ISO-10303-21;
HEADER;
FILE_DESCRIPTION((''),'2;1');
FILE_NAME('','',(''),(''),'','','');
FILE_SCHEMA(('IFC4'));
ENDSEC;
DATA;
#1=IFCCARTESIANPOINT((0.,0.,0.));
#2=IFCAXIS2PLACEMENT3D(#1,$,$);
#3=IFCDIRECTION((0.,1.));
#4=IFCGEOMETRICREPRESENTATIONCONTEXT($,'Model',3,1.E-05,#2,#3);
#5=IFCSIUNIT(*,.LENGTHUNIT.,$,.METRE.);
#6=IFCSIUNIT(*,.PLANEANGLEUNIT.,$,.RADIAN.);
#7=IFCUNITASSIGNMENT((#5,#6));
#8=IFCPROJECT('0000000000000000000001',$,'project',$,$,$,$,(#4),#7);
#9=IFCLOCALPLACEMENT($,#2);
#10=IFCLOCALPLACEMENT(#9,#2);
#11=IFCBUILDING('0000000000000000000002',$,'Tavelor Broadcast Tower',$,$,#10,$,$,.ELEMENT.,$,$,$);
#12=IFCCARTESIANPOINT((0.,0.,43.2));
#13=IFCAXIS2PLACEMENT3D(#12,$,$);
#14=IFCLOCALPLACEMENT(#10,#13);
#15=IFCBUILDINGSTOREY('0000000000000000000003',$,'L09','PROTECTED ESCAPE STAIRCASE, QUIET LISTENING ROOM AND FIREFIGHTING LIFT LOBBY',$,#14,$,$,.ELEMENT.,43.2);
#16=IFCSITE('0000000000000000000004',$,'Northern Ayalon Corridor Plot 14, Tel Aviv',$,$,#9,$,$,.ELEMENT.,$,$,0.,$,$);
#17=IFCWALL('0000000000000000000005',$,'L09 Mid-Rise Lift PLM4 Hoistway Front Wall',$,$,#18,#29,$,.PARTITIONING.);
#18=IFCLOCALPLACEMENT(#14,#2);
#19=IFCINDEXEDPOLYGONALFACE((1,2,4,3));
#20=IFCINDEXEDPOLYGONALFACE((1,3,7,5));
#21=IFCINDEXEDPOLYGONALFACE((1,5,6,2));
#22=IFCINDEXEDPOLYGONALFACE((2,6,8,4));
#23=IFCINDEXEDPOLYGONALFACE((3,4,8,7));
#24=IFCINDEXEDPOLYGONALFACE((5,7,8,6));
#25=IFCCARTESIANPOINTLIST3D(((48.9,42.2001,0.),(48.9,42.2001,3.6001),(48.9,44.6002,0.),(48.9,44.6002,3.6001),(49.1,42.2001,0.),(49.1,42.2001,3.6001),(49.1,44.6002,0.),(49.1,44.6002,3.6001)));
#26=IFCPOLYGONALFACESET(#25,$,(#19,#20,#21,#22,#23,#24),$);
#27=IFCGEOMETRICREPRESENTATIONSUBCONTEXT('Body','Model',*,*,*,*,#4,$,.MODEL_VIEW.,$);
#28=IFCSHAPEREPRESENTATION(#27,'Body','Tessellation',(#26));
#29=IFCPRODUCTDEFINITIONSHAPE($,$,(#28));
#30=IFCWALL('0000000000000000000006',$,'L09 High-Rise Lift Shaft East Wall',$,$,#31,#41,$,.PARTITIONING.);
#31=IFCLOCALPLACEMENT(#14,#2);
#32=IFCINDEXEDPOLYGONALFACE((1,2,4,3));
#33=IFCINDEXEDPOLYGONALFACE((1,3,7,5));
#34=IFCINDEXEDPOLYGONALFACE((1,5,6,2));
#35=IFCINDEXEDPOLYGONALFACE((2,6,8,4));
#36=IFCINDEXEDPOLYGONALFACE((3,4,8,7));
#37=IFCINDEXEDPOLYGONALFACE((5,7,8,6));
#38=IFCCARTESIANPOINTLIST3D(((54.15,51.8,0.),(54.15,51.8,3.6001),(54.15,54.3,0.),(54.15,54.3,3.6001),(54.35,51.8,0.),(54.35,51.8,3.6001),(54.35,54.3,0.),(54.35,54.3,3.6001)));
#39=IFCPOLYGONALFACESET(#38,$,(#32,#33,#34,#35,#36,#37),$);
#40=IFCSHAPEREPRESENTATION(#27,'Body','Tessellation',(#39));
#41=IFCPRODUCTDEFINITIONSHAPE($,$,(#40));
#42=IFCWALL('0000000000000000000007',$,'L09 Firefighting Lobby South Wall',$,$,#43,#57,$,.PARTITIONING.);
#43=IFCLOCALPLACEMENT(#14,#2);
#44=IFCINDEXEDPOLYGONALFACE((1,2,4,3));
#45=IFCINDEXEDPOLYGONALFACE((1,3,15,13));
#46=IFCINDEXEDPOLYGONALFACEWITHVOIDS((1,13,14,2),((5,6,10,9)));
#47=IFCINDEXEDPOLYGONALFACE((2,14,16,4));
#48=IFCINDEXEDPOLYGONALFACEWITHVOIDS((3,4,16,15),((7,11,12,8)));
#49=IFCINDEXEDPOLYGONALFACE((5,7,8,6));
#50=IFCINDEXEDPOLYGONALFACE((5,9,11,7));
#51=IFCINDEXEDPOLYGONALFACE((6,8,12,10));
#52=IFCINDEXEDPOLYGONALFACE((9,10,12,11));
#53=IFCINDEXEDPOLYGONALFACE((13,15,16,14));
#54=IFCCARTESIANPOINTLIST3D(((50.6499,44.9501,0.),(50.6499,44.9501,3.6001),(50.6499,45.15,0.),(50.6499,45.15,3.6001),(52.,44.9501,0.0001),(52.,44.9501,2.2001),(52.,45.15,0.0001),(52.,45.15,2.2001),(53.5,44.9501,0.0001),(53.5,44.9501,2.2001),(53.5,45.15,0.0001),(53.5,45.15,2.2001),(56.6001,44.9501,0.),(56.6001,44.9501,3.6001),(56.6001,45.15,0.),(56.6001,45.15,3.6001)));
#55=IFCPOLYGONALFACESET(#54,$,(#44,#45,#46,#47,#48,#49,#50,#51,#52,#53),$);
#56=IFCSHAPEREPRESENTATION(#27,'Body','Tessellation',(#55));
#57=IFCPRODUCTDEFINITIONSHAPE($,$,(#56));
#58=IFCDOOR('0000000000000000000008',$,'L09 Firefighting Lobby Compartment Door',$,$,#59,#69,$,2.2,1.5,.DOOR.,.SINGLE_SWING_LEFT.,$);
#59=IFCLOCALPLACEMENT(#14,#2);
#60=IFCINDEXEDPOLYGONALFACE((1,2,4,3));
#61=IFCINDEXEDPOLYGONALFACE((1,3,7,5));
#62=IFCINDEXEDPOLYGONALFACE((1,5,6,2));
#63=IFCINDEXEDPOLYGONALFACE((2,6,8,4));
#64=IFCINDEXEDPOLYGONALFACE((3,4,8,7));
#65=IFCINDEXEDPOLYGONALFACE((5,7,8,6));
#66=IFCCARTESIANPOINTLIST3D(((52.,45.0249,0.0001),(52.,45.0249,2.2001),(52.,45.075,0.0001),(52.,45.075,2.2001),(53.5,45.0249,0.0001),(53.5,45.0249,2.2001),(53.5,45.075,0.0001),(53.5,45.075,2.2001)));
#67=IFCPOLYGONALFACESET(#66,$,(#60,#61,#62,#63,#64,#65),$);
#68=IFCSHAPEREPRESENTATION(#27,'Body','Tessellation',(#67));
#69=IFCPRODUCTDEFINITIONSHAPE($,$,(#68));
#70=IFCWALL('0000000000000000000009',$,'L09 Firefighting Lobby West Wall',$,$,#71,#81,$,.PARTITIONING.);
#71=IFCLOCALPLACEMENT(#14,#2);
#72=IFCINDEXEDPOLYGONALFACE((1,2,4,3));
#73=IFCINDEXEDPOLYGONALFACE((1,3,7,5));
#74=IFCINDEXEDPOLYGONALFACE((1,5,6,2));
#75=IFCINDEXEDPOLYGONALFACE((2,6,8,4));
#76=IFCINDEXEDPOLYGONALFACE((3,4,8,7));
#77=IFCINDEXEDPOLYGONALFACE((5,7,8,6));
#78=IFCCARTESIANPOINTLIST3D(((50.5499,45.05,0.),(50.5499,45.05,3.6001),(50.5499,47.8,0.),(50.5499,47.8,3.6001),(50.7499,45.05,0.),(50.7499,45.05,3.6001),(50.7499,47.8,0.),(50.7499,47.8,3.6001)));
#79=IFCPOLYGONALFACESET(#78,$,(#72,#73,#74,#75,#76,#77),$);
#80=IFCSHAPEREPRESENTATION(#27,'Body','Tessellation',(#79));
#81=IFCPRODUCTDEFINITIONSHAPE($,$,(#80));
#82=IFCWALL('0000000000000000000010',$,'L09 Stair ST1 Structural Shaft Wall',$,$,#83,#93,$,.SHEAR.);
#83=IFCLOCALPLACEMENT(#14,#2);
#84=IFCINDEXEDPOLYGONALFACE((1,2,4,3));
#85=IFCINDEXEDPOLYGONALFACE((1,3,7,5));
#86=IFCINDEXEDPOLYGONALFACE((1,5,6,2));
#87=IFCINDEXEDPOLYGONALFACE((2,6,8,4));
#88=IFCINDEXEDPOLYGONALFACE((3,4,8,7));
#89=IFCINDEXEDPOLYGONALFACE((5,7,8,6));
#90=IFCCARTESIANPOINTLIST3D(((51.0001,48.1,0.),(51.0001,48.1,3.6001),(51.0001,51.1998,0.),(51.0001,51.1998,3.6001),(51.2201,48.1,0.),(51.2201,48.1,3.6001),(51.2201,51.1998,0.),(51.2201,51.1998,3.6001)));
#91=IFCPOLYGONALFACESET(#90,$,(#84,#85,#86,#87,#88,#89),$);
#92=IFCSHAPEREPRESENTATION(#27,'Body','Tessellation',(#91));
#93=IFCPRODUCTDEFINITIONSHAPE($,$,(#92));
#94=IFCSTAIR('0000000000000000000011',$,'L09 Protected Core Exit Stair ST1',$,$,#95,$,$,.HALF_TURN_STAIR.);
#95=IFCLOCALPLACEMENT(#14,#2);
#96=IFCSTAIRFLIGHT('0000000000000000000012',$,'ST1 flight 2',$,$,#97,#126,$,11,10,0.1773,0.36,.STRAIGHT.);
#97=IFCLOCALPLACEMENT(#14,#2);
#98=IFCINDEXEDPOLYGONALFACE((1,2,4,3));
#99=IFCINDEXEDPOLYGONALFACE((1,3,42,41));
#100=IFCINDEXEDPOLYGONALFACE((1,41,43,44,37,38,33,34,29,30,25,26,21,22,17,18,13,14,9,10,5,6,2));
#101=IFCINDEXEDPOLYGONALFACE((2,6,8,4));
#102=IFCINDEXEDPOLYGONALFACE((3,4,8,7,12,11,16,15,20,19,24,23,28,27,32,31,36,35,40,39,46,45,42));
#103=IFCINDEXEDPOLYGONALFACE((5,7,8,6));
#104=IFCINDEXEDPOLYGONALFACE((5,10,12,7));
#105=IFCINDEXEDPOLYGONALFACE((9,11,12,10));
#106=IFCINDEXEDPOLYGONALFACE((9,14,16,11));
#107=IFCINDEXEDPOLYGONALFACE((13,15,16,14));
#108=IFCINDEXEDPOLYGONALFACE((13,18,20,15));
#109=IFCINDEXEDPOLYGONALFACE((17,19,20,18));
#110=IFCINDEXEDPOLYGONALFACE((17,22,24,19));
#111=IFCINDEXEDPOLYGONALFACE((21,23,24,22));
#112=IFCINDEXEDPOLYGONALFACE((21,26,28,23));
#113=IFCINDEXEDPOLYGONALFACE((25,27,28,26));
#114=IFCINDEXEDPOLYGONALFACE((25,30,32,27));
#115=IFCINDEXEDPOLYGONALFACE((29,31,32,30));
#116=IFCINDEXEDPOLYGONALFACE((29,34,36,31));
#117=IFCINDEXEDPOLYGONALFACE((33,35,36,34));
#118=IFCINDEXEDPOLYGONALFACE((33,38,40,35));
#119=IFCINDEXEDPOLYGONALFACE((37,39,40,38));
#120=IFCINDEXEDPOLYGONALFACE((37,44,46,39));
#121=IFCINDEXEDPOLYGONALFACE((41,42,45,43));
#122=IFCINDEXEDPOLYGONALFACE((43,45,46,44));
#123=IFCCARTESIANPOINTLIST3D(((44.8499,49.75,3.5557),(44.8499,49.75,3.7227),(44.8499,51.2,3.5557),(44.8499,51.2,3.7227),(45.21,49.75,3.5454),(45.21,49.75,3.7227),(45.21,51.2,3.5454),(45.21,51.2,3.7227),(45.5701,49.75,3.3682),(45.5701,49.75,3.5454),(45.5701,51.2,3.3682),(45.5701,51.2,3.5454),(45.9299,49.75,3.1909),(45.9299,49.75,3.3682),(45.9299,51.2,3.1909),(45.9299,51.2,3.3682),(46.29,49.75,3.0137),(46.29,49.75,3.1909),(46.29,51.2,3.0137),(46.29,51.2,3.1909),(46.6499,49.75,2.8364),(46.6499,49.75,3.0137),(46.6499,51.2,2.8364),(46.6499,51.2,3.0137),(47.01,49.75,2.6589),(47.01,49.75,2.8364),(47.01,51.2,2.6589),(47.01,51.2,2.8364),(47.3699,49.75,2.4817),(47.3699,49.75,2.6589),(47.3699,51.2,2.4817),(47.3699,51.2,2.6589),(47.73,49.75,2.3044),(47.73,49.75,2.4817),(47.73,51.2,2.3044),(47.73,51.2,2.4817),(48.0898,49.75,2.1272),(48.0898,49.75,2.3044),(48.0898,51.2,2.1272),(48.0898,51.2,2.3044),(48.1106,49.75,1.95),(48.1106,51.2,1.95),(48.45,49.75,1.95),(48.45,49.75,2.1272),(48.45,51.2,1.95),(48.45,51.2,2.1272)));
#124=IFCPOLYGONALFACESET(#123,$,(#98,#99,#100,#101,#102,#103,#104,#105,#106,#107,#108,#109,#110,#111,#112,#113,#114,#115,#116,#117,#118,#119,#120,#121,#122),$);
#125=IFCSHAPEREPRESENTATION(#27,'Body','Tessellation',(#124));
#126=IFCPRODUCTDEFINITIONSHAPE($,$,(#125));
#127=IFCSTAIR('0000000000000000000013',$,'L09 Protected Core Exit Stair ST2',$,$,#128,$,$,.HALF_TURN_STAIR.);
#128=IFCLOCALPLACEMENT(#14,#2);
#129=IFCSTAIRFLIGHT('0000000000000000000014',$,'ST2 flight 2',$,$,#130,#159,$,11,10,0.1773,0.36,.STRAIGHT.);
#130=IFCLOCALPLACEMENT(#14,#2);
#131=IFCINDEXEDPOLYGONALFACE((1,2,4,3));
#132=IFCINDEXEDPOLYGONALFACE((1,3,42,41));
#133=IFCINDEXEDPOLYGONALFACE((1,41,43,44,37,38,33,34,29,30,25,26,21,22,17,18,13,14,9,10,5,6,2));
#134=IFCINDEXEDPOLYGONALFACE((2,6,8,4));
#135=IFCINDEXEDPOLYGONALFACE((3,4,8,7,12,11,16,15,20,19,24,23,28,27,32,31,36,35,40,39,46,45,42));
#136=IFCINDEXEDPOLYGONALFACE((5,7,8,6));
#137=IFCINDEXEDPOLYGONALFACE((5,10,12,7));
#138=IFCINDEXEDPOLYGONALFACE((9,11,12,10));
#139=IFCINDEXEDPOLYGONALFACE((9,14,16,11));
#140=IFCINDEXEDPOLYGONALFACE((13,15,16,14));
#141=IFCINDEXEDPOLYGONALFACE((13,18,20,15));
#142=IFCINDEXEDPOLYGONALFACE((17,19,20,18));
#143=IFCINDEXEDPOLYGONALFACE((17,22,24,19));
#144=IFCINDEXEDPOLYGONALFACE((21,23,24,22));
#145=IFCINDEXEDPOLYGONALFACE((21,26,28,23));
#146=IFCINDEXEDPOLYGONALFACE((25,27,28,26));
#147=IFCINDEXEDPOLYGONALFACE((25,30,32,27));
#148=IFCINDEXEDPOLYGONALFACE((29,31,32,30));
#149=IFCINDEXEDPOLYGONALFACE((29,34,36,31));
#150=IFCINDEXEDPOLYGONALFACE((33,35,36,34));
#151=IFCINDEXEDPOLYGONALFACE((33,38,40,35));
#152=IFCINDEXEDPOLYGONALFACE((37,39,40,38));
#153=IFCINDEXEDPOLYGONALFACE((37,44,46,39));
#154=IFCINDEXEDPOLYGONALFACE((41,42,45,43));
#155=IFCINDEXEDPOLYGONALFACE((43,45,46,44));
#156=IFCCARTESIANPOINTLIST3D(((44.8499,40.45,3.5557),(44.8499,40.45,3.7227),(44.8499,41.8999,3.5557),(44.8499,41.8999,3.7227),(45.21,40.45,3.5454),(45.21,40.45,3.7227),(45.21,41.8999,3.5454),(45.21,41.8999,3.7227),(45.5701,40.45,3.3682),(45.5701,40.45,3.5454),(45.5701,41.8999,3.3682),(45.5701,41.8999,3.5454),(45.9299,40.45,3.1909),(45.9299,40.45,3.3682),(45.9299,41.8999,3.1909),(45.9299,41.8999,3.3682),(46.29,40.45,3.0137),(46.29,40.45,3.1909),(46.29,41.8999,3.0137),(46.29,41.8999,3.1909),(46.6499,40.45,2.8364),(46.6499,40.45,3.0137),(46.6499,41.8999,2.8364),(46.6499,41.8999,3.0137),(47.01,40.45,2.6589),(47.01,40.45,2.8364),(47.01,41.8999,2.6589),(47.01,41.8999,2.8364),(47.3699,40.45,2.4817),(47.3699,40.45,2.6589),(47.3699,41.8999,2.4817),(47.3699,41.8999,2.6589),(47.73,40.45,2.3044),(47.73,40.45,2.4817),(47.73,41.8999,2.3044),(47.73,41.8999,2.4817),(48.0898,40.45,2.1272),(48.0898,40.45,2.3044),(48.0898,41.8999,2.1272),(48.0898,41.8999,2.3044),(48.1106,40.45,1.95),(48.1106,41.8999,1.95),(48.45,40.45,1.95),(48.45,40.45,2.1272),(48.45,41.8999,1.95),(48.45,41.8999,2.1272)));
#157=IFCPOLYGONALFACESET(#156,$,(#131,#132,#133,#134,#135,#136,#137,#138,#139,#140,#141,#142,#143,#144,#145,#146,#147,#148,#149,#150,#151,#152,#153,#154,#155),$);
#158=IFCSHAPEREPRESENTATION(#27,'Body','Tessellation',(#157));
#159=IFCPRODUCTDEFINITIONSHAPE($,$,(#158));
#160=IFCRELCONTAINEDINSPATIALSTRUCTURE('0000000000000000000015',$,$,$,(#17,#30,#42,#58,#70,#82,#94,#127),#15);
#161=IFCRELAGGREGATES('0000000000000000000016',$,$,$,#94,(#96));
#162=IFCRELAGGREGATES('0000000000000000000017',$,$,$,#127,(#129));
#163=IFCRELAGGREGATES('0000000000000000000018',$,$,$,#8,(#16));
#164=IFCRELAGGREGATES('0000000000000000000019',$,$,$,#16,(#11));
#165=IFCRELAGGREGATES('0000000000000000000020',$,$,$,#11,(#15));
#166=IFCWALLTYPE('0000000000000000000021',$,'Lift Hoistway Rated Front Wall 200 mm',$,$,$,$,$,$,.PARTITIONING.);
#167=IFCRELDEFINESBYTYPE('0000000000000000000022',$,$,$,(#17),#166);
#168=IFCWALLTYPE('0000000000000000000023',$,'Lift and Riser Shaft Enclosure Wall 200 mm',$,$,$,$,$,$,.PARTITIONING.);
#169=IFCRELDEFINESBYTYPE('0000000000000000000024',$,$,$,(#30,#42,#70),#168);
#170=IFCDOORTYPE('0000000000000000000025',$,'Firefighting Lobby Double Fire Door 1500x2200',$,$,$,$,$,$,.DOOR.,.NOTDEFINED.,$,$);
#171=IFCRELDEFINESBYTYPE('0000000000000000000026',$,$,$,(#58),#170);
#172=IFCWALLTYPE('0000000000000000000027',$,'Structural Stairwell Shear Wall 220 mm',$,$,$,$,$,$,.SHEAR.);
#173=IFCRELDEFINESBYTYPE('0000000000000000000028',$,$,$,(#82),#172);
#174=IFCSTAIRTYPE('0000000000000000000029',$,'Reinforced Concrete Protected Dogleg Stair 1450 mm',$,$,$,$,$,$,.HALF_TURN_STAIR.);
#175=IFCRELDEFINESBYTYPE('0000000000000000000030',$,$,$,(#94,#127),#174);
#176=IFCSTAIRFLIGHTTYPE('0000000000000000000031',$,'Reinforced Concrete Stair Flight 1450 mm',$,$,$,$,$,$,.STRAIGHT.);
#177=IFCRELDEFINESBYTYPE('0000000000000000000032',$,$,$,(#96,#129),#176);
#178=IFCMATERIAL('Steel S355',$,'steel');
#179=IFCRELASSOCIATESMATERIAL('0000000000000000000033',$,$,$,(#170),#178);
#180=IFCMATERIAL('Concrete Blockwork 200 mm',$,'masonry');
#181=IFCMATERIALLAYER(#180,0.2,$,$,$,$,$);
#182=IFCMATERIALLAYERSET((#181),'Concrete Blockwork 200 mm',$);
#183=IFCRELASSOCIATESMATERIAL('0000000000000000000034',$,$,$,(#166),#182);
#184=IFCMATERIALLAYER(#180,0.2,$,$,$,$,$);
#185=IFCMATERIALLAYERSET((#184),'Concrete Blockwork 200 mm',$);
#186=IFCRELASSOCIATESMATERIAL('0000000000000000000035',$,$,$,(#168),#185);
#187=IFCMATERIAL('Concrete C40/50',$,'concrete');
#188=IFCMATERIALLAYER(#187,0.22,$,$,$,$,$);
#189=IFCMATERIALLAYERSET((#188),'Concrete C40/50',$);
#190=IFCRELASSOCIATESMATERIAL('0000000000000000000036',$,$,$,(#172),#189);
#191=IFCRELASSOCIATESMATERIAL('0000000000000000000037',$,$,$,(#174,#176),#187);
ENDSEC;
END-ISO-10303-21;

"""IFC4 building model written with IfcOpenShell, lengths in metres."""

from ifc_helpers import new_model, si_unit, direction, frame, frame_2d, origin, place, context, subcontext, project, spatial, polyline, rectangle, outline, extrude, material, layer, layer_set, type_object, element, fill, aggregate, save


model = new_model("IFC4")

# Units and contexts
model_context = context("Model", 3, precision=1e-05, world=origin(), true_north=direction((0.0, 1.0)))
body_context = subcontext(model_context, "Body", "Model", "MODEL_VIEW")
ifc_project = project(units=[si_unit("LENGTHUNIT", "METRE"), si_unit("PLANEANGLEUNIT", "RADIAN")], contexts=[model_context])

# Site, building, storey
site_placement = place(None, origin())
site = spatial("IfcSite", under=ifc_project, at=site_placement, Name="Northern Ayalon Corridor Plot 14, Tel Aviv", CompositionType="ELEMENT", RefElevation=0.0)
building_placement = place(site_placement, origin())
building = spatial("IfcBuilding", under=site, at=building_placement, Name="Tavelor Broadcast Tower", CompositionType="ELEMENT")
storey_placement = place(building_placement, frame((0.0, 0.0, 43.2)))
storey = spatial("IfcBuildingStorey", under=building, at=storey_placement, Name="L09", Description="PROTECTED ESCAPE STAIRCASE, QUIET LISTENING ROOM AND FIREFIGHTING LIFT LOBBY", CompositionType="ELEMENT", Elevation=43.2)

# Shared definitions
ifc_material_1 = material(Name="Concrete C40/50", Category="concrete")
ifc_material_2 = material(Name="Steel S355", Category="steel")

# Shared definitions
door_type = type_object("IfcDoorType", Name="Firefighting Lobby Double Fire Door 1500x2200", OperationType="NOTDEFINED", PredefinedType="DOOR", material=ifc_material_2)

# Walls
ifc_material_3 = material(Name="Concrete Blockwork 200 mm", Category="masonry")
ifc_layer_1 = layer(ifc_material_3, 0.2)
ifc_layer_set_1 = layer_set([ifc_layer_1], Name="Concrete Blockwork 200 mm")
wall_type_1 = type_object("IfcWallType", Name="Lift Hoistway Rated Front Wall 200 mm", PredefinedType="PARTITIONING", material=ifc_layer_set_1)
wall_1_placement = place(storey_placement, frame((49.0, 42.2, 0.0), z_axis=(0.0, 0.0, 1.0), x_axis=(0.0, 1.0, 0.0)))
element("IfcWall", 1, at=wall_1_placement, inside=storey, type_object=wall_type_1, Name="L09 Mid-Rise Lift PLM4 Hoistway Front Wall", PredefinedType="PARTITIONING", context=body_context, shape_type="SweptSolid", body=[
    extrude(rectangle(XDim=2.4001, YDim=0.2, at=frame_2d((1.2002, 0.0))), origin(), (0.0, 0.0, 1.0), 3.6001),
])
ifc_layer_2 = layer(ifc_material_3, 0.2)
ifc_layer_set_2 = layer_set([ifc_layer_2], Name="Concrete Blockwork 200 mm")
wall_type_2 = type_object("IfcWallType", Name="Lift and Riser Shaft Enclosure Wall 200 mm", PredefinedType="PARTITIONING", material=ifc_layer_set_2)
wall_2_placement = place(storey_placement, frame((54.25, 51.8, 0.0), z_axis=(0.0, 0.0, 1.0), x_axis=(0.0, 1.0, 0.0)))
element("IfcWall", 2, at=wall_2_placement, inside=storey, type_object=wall_type_2, Name="L09 High-Rise Lift Shaft East Wall", PredefinedType="PARTITIONING", context=body_context, shape_type="SweptSolid", body=[
    extrude(rectangle(XDim=2.5, YDim=0.2, at=frame_2d((1.25, 0.0))), origin(), (0.0, 0.0, 1.0), 3.6001),
])

# Wall, opening, door
wall_3_placement = place(storey_placement, frame((50.6499, 45.05, 0.0), z_axis=(0.0, 0.0, 1.0), x_axis=(1.0, 0.0, 0.0)))
wall_3 = element("IfcWall", 3, at=wall_3_placement, inside=storey, type_object=wall_type_2, Name="L09 Firefighting Lobby South Wall", PredefinedType="PARTITIONING", context=body_context, shape_type="SweptSolid", body=[
    extrude(rectangle(XDim=5.9502, YDim=0.2, at=frame_2d((2.9751, 0.0))), origin(), (0.0, 0.0, 1.0), 3.6001),
])
opening_1_placement = place(wall_3_placement, frame((1.3501, 0.0, 0.0)))
opening_1 = element("IfcOpeningElement", 4, at=opening_1_placement, cuts=wall_3, PredefinedType="OPENING", context=body_context, shape_type="SweptSolid", body=[
    extrude(rectangle(XDim=1.5, YDim=2.2, at=frame_2d((0.75, 1.1001))), frame((0.0, 0.1099, 0.0), z_axis=(0.0, -1.0, 0.0), x_axis=(1.0, 0.0, 0.0)), (0.0, 0.0, 1.0), 0.22),
])
door_1_placement = place(opening_1_placement, origin())
door_1 = element("IfcDoor", 5, at=door_1_placement, inside=storey, type_object=door_type, Name="L09 Firefighting Lobby Compartment Door", OperationType="SINGLE_SWING_LEFT", OverallHeight=2.2, OverallWidth=1.5, PredefinedType="DOOR", context=body_context, shape_type="SweptSolid", body=[
    extrude(rectangle(XDim=1.5, YDim=2.2, at=frame_2d((0.75, 1.1001))), frame((0.0, 0.0249, 0.0), z_axis=(0.0, -1.0, 0.0), x_axis=(1.0, 0.0, 0.0)), (0.0, 0.0, 1.0), 0.05),
])
fill(opening_1, door_1)

# Walls
wall_4_placement = place(storey_placement, frame((50.6499, 45.05, 0.0), z_axis=(0.0, 0.0, 1.0), x_axis=(0.0, 1.0, 0.0)))
element("IfcWall", 6, at=wall_4_placement, inside=storey, type_object=wall_type_2, Name="L09 Firefighting Lobby West Wall", PredefinedType="PARTITIONING", context=body_context, shape_type="SweptSolid", body=[
    extrude(rectangle(XDim=2.75, YDim=0.2, at=frame_2d((1.375, 0.0))), origin(), (0.0, 0.0, 1.0), 3.6001),
])
ifc_layer_3 = layer(ifc_material_1, 0.22)
ifc_layer_set_3 = layer_set([ifc_layer_3], Name="Concrete C40/50")
wall_type_3 = type_object("IfcWallType", Name="Structural Stairwell Shear Wall 220 mm", PredefinedType="SHEAR", material=ifc_layer_set_3)
wall_5_placement = place(storey_placement, frame((51.1101, 48.1001, 0.0), z_axis=(0.0, 0.0, 1.0), x_axis=(0.0, 1.0, 0.0)))
element("IfcWall", 7, at=wall_5_placement, inside=storey, type_object=wall_type_3, Name="L09 Stair ST1 Structural Shaft Wall", PredefinedType="SHEAR", context=body_context, shape_type="SweptSolid", body=[
    extrude(rectangle(XDim=3.0999, YDim=0.22, at=frame_2d((1.5498, 0.0))), origin(), (0.0, 0.0, 1.0), 3.6001),
])

# Stairs, stair flights
stair_type = type_object("IfcStairType", Name="Reinforced Concrete Protected Dogleg Stair 1450 mm", PredefinedType="HALF_TURN_STAIR", material=ifc_material_1)
stair_1_placement = place(storey_placement, origin())
stair_1 = element("IfcStair", 8, at=stair_1_placement, inside=storey, type_object=stair_type, Name="L09 Protected Core Exit Stair ST1", PredefinedType="HALF_TURN_STAIR")
stair_flight_type = type_object("IfcStairFlightType", Name="Reinforced Concrete Stair Flight 1450 mm", PredefinedType="STRAIGHT", material=ifc_material_1)
stair_flight_1_placement = place(storey_placement, frame((48.45, 50.4751, 1.95), z_axis=(0.0, 0.0, 1.0), x_axis=(-1.0, 0.0, 0.0)))
stair_flight_1 = element("IfcStairFlight", 9, at=stair_flight_1_placement, type_object=stair_flight_type, Name="ST1 flight 2", NumberOfRisers=11, NumberOfTreads=10, PredefinedType="STRAIGHT", RiserHeight=0.1773, TreadLength=0.36, context=body_context, shape_type="SweptSolid", body=[
    extrude(outline(polyline([(0.0, 0.0), (0.0, 0.1772), (0.3601, 0.1772), (0.3601, 0.3545), (0.72, 0.3545), (0.72, 0.5317), (1.0801, 0.5317), (1.0801, 0.709), (1.4399, 0.709), (1.4399, 0.8865), (1.8, 0.8865), (1.8, 1.0637), (2.1599, 1.0637), (2.1599, 1.241), (2.52, 1.241), (2.52, 1.4182), (2.8799, 1.4182), (2.8799, 1.5955), (3.24, 1.5955), (3.24, 1.7727), (3.6001, 1.7727), (3.6001, 1.95), (3.6001, 1.6057), (0.3394, 0.0), (0.0, 0.0)])), frame((0.0, 0.7251, 0.0), z_axis=(0.0, -1.0, 0.0), x_axis=(1.0, 0.0, 0.0)), (0.0, 0.0, 1.0), 1.45),
])
aggregate(stair_1, [stair_flight_1])
stair_2_placement = place(storey_placement, origin())
stair_2 = element("IfcStair", 10, at=stair_2_placement, inside=storey, type_object=stair_type, Name="L09 Protected Core Exit Stair ST2", PredefinedType="HALF_TURN_STAIR")
stair_flight_2_placement = place(storey_placement, frame((48.45, 41.175, 1.95), z_axis=(0.0, 0.0, 1.0), x_axis=(-1.0, 0.0, 0.0)))
stair_flight_2 = element("IfcStairFlight", 11, at=stair_flight_2_placement, type_object=stair_flight_type, Name="ST2 flight 2", NumberOfRisers=11, NumberOfTreads=10, PredefinedType="STRAIGHT", RiserHeight=0.1773, TreadLength=0.36, context=body_context, shape_type="SweptSolid", body=[
    extrude(outline(polyline([(0.0, 0.0), (0.0, 0.1772), (0.3601, 0.1772), (0.3601, 0.3545), (0.72, 0.3545), (0.72, 0.5317), (1.0801, 0.5317), (1.0801, 0.709), (1.4399, 0.709), (1.4399, 0.8865), (1.8, 0.8865), (1.8, 1.0637), (2.1599, 1.0637), (2.1599, 1.241), (2.52, 1.241), (2.52, 1.4182), (2.8799, 1.4182), (2.8799, 1.5955), (3.24, 1.5955), (3.24, 1.7727), (3.6001, 1.7727), (3.6001, 1.95), (3.6001, 1.6057), (0.3394, 0.0), (0.0, 0.0)])), frame((0.0, 0.7251, 0.0), z_axis=(0.0, -1.0, 0.0), x_axis=(1.0, 0.0, 0.0)), (0.0, 0.0, 1.0), 1.45),
])
aggregate(stair_2, [stair_flight_2])

save(model, "model.ifc")
